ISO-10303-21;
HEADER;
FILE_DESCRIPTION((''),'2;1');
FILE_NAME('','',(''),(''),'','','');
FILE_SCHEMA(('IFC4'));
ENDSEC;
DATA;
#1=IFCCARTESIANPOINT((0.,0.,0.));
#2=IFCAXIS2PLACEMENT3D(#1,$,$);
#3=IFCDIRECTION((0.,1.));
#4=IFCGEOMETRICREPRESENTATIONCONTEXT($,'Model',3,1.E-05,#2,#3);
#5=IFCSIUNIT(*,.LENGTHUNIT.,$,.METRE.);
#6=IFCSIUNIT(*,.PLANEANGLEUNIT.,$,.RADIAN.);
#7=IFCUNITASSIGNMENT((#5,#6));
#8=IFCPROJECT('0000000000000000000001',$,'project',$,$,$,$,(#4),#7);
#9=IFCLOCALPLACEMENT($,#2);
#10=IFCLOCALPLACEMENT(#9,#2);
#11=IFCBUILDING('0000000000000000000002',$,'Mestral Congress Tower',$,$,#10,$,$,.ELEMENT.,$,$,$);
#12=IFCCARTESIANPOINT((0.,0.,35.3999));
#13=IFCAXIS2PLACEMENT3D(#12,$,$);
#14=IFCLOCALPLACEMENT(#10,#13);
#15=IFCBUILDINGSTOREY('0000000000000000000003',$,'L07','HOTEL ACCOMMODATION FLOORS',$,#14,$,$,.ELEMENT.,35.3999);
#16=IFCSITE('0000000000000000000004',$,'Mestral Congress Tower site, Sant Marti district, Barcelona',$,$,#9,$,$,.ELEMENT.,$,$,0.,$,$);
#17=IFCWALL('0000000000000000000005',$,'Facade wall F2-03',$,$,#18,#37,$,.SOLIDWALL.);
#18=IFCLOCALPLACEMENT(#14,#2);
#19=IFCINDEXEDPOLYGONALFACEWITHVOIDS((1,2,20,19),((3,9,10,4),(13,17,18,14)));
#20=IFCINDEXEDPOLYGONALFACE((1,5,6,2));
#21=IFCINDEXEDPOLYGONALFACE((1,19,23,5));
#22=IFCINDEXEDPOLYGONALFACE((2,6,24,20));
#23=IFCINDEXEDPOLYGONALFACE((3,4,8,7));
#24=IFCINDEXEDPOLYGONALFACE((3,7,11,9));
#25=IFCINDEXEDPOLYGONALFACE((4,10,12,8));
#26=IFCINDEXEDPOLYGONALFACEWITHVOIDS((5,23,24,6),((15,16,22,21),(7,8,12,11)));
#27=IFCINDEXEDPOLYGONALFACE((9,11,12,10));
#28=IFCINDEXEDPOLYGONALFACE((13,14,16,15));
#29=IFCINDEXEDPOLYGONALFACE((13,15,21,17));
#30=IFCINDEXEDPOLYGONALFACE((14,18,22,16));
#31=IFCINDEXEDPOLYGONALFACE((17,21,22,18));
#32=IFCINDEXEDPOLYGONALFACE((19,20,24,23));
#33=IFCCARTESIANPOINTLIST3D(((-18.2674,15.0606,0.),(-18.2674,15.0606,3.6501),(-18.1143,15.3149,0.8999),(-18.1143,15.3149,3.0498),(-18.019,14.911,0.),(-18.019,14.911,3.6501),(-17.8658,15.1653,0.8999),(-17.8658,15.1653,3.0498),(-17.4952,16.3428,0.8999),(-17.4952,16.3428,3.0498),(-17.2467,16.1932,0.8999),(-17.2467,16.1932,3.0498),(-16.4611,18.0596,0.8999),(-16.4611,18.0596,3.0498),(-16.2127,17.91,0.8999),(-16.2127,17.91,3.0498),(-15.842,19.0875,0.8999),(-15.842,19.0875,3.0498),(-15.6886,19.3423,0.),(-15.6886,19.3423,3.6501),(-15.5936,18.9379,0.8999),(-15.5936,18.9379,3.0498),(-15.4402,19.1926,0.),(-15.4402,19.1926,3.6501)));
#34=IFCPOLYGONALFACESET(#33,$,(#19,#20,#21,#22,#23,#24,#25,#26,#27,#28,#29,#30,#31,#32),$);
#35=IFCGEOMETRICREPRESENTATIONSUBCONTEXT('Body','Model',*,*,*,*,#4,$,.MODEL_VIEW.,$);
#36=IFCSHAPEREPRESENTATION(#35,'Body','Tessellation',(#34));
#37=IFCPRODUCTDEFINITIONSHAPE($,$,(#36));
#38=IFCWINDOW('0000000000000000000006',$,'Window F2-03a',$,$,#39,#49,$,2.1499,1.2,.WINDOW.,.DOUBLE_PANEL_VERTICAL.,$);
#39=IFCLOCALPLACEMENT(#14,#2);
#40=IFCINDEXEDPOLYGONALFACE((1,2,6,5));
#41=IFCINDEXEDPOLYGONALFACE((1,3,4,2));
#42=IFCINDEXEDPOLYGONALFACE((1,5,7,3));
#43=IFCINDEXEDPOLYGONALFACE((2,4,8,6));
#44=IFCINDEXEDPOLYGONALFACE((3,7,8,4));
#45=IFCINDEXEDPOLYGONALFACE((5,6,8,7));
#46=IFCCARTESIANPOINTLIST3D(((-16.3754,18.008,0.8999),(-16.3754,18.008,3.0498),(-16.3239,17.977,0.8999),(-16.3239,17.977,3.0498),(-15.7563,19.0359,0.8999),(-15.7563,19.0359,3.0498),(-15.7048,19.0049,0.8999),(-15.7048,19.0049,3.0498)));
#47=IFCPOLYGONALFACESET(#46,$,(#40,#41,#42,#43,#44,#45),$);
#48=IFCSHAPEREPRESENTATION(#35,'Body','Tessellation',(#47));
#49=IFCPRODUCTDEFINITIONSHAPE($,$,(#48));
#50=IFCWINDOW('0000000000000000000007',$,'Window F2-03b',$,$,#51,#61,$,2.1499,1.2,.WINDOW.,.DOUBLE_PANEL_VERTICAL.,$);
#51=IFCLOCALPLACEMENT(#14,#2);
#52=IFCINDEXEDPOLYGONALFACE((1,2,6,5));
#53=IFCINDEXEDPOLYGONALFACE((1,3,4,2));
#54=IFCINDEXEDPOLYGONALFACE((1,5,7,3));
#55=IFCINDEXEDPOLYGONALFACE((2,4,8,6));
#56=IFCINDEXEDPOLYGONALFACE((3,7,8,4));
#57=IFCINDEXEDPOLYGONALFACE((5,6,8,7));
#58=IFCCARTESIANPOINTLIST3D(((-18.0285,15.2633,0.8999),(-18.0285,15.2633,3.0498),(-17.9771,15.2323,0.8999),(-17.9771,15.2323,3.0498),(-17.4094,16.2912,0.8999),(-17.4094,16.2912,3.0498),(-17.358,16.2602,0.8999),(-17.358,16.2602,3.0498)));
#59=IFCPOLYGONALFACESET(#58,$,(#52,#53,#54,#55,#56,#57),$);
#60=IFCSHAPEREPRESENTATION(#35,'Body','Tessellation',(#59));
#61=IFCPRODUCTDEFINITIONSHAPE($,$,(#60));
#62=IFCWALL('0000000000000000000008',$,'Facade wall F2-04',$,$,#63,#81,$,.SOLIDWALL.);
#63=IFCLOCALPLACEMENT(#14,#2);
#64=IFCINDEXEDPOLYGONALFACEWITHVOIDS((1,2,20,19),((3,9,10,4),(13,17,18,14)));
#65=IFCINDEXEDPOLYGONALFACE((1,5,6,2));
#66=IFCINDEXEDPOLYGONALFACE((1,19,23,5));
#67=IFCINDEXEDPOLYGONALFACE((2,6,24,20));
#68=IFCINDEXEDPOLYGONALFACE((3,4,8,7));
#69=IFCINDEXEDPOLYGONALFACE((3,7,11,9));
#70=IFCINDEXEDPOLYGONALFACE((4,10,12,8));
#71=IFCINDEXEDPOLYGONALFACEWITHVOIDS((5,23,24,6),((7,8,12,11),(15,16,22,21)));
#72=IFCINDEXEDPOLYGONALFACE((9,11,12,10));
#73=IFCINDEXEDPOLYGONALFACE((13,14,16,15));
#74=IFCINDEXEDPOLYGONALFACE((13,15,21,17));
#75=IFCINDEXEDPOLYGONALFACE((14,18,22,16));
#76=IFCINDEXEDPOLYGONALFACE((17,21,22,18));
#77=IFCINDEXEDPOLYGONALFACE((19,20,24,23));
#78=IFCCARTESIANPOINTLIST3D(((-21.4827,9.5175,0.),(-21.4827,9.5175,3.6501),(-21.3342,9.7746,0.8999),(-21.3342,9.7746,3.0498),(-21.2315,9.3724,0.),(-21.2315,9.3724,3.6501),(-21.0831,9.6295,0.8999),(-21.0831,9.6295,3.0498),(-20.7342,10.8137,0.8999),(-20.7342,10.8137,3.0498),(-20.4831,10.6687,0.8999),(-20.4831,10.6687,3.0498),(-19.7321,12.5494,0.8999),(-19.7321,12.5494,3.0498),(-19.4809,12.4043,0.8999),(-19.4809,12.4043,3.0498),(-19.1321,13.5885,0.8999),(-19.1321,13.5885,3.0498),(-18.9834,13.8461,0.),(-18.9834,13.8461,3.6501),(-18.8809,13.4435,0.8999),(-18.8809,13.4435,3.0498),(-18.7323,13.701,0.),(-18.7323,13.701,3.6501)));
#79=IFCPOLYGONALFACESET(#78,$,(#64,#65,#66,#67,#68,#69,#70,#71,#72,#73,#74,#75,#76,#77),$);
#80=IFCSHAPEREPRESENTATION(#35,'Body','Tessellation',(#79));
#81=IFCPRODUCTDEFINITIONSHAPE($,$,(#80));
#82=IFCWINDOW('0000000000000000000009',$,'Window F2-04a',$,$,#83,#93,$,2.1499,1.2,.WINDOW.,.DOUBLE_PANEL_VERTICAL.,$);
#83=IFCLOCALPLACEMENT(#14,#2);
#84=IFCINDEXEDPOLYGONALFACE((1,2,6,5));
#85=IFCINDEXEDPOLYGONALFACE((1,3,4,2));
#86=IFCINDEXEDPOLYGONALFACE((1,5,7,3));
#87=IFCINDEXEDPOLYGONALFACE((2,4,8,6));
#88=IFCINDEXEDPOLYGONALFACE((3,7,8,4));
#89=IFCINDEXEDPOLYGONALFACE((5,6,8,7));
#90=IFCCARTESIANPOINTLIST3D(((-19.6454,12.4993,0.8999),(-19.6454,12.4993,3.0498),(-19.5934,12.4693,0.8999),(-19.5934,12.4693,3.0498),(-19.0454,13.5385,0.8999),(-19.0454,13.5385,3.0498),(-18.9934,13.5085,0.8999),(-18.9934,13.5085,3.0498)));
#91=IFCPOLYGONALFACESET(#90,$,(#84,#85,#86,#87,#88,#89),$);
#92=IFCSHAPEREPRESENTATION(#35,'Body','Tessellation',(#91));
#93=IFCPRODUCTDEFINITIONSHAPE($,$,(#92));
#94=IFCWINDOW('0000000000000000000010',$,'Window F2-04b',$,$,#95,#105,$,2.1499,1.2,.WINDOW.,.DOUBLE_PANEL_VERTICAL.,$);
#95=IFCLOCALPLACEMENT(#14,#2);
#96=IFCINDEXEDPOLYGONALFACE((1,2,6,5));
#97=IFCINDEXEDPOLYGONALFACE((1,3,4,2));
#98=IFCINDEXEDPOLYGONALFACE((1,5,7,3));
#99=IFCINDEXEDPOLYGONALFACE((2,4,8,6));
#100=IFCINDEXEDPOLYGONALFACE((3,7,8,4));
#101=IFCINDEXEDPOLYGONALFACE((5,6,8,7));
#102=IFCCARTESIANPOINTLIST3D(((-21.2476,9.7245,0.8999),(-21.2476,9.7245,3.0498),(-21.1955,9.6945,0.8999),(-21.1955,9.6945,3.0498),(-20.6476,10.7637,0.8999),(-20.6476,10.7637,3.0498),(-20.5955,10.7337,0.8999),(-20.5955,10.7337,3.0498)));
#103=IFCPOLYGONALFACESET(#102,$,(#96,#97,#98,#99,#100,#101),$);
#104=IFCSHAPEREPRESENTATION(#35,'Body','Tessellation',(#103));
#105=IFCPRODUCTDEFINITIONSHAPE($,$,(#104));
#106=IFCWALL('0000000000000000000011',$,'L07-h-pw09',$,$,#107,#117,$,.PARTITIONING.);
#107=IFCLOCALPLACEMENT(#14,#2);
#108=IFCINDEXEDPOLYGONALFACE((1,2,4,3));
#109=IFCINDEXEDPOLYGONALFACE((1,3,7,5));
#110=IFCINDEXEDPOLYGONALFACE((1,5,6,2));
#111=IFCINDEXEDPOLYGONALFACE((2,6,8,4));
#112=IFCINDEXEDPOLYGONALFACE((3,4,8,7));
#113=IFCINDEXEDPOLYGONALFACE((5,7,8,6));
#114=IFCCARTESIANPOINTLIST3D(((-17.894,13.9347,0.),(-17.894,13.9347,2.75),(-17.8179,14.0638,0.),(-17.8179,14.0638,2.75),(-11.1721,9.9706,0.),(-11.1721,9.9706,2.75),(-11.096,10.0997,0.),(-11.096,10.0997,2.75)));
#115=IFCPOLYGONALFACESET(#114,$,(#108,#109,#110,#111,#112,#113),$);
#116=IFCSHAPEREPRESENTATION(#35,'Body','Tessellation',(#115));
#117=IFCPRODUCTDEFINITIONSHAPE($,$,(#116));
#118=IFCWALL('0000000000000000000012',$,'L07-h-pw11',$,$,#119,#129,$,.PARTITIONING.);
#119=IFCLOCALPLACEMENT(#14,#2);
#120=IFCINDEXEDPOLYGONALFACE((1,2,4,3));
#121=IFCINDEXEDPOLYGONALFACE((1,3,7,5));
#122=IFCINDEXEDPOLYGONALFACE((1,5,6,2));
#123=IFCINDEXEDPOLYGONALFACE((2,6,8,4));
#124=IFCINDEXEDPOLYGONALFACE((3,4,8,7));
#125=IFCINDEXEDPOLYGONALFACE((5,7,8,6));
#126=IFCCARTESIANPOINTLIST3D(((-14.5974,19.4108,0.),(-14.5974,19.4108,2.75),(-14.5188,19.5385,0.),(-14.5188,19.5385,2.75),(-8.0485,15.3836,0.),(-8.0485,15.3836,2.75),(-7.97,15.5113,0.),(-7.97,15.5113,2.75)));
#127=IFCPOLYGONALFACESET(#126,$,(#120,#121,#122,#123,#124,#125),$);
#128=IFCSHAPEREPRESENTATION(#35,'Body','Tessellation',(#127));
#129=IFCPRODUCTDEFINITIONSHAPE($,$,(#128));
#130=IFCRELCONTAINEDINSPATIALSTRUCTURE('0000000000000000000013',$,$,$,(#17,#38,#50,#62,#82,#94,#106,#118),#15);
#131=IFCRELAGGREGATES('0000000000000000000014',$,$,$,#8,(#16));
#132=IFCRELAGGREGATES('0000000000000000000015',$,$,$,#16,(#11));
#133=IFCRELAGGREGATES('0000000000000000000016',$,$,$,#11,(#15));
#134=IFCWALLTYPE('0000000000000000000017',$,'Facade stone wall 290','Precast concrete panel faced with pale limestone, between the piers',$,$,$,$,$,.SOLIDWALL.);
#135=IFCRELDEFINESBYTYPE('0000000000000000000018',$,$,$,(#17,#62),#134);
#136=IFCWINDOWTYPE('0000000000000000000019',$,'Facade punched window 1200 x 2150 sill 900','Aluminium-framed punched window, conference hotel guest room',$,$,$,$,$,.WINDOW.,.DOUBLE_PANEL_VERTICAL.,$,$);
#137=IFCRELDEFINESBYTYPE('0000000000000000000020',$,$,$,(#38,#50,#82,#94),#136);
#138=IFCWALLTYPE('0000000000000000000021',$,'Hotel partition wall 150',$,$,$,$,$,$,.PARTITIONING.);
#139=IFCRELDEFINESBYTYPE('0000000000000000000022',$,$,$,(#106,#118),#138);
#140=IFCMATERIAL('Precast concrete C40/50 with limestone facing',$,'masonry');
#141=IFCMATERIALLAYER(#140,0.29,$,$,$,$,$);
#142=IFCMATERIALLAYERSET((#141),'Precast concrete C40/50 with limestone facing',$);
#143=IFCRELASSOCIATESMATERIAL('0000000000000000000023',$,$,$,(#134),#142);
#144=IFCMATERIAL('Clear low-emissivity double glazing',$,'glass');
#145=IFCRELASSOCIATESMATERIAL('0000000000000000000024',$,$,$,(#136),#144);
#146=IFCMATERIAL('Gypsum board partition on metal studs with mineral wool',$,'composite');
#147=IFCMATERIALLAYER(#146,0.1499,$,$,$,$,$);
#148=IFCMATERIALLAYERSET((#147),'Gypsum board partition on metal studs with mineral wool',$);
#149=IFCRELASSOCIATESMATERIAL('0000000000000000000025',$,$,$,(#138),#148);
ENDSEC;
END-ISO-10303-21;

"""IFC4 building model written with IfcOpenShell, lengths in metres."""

from ifc_helpers import new_model, si_unit, direction, frame, frame_2d, origin, place, context, subcontext, project, spatial, rectangle, extrude, material, layer, layer_set, type_object, element, fill, save


model = new_model("IFC4")

# Units and contexts
model_context = context("Model", 3, precision=1e-05, world=origin(), true_north=direction((0.0, 1.0)))
body_context = subcontext(model_context, "Body", "Model", "MODEL_VIEW")
ifc_project = project(units=[si_unit("LENGTHUNIT", "METRE"), si_unit("PLANEANGLEUNIT", "RADIAN")], contexts=[model_context])

# Site, building, storey
site_placement = place(None, origin())
site = spatial("IfcSite", under=ifc_project, at=site_placement, Name="Mestral Congress Tower site, Sant Marti district, Barcelona", CompositionType="ELEMENT", RefElevation=0.0)
building_placement = place(site_placement, origin())
building = spatial("IfcBuilding", under=site, at=building_placement, Name="Mestral Congress Tower", CompositionType="ELEMENT")
storey_placement = place(building_placement, frame((0.0, 0.0, 35.3999)))
storey = spatial("IfcBuildingStorey", under=building, at=storey_placement, Name="L07", Description="HOTEL ACCOMMODATION FLOORS", CompositionType="ELEMENT", Elevation=35.3999)

# Walls, openings, windows
ifc_material_1 = material(Name="Precast concrete C40/50 with limestone facing", Category="masonry")
ifc_layer_1 = layer(ifc_material_1, 0.29)
ifc_layer_set_1 = layer_set([ifc_layer_1], Name="Precast concrete C40/50 with limestone facing")
wall_type_1 = type_object("IfcWallType", Name="Facade stone wall 290", Description="Precast concrete panel faced with pale limestone, between the piers", PredefinedType="SOLIDWALL", material=ifc_layer_set_1)
ifc_material_2 = material(Name="Clear low-emissivity double glazing", Category="glass")
window_type = type_object("IfcWindowType", Name="Facade punched window 1200 x 2150 sill 900", Description="Aluminium-framed punched window, conference hotel guest room", PartitioningType="DOUBLE_PANEL_VERTICAL", PredefinedType="WINDOW", material=ifc_material_2)
wall_1_placement = place(storey_placement, frame((-15.5645, 19.2673, 0.0), z_axis=(0.0, 0.0, 1.0), x_axis=(-0.515939, -0.856625, 0.0)))
wall_1 = element("IfcWall", 1, at=wall_1_placement, inside=storey, type_object=wall_type_1, Name="Facade wall F2-03", PredefinedType="SOLIDWALL", context=body_context, shape_type="SweptSolid", body=[
    extrude(rectangle(XDim=4.9983, YDim=0.29, at=frame_2d((2.499, 0.0))), origin(), (0.0, 0.0, 1.0), 3.6501),
])
opening_1_placement = place(wall_1_placement, frame((0.2971, 0.0, 0.8999)))
opening_1 = element("IfcOpeningElement", 2, at=opening_1_placement, cuts=wall_1, PredefinedType="OPENING", context=body_context, shape_type="SweptSolid", body=[
    extrude(rectangle(XDim=1.2, YDim=2.1499, at=frame_2d((0.6001, 1.075))), frame((0.0, 0.155, 0.0), z_axis=(0.0, -1.0, 0.0), x_axis=(1.0, 0.0, 0.0)), (0.0, 0.0, 1.0), 0.3101),
])
opening_2_placement = place(wall_1_placement, frame((3.5012, 0.0, 0.8999)))
opening_2 = element("IfcOpeningElement", 3, at=opening_2_placement, cuts=wall_1, PredefinedType="OPENING", context=body_context, shape_type="SweptSolid", body=[
    extrude(rectangle(XDim=1.2, YDim=2.1499, at=frame_2d((0.6001, 1.075))), frame((0.0, 0.155, 0.0), z_axis=(0.0, -1.0, 0.0), x_axis=(1.0, 0.0, 0.0)), (0.0, 0.0, 1.0), 0.3101),
])
window_1_placement = place(opening_1_placement, origin())
window_1 = element("IfcWindow", 4, at=window_1_placement, inside=storey, type_object=window_type, Name="Window F2-03a", OverallHeight=2.1499, OverallWidth=1.2, PartitioningType="DOUBLE_PANEL_VERTICAL", PredefinedType="WINDOW", context=body_context, shape_type="SweptSolid", body=[
    extrude(rectangle(XDim=1.2, YDim=2.1499, at=frame_2d((0.6001, 1.075))), frame((0.0, 0.0151, 0.0), z_axis=(0.0, -1.0, 0.0), x_axis=(1.0, 0.0, 0.0)), (0.0, 0.0, 1.0), 0.0601),
])
fill(opening_1, window_1)
window_2_placement = place(opening_2_placement, origin())
window_2 = element("IfcWindow", 5, at=window_2_placement, inside=storey, type_object=window_type, Name="Window F2-03b", OverallHeight=2.1499, OverallWidth=1.2, PartitioningType="DOUBLE_PANEL_VERTICAL", PredefinedType="WINDOW", context=body_context, shape_type="SweptSolid", body=[
    extrude(rectangle(XDim=1.2, YDim=2.1499, at=frame_2d((0.6001, 1.075))), frame((0.0, 0.0151, 0.0), z_axis=(0.0, -1.0, 0.0), x_axis=(1.0, 0.0, 0.0)), (0.0, 0.0, 1.0), 0.0601),
])
fill(opening_2, window_2)
wall_2_placement = place(storey_placement, frame((-18.8579, 13.7734, 0.0), z_axis=(0.0, 0.0, 1.0), x_axis=(-0.500021, -0.866013, 0.0)))
wall_2 = element("IfcWall", 6, at=wall_2_placement, inside=storey, type_object=wall_type_1, Name="Facade wall F2-04", PredefinedType="SOLIDWALL", context=body_context, shape_type="SweptSolid", body=[
    extrude(rectangle(XDim=4.9983, YDim=0.29, at=frame_2d((2.499, 0.0))), origin(), (0.0, 0.0, 1.0), 3.6501),
])
opening_3_placement = place(wall_2_placement, frame((0.2971, 0.0, 0.8999)))
opening_3 = element("IfcOpeningElement", 7, at=opening_3_placement, cuts=wall_2, PredefinedType="OPENING", context=body_context, shape_type="SweptSolid", body=[
    extrude(rectangle(XDim=1.2, YDim=2.1499, at=frame_2d((0.6001, 1.075))), frame((0.0, 0.155, 0.0), z_axis=(0.0, -1.0, 0.0), x_axis=(1.0, 0.0, 0.0)), (0.0, 0.0, 1.0), 0.3101),
])
opening_4_placement = place(wall_2_placement, frame((3.5012, 0.0, 0.8999)))
opening_4 = element("IfcOpeningElement", 8, at=opening_4_placement, cuts=wall_2, PredefinedType="OPENING", context=body_context, shape_type="SweptSolid", body=[
    extrude(rectangle(XDim=1.2, YDim=2.1499, at=frame_2d((0.6001, 1.075))), frame((0.0, 0.155, 0.0), z_axis=(0.0, -1.0, 0.0), x_axis=(1.0, 0.0, 0.0)), (0.0, 0.0, 1.0), 0.3101),
])
window_3_placement = place(opening_3_placement, origin())
window_3 = element("IfcWindow", 9, at=window_3_placement, inside=storey, type_object=window_type, Name="Window F2-04a", OverallHeight=2.1499, OverallWidth=1.2, PartitioningType="DOUBLE_PANEL_VERTICAL", PredefinedType="WINDOW", context=body_context, shape_type="SweptSolid", body=[
    extrude(rectangle(XDim=1.2, YDim=2.1499, at=frame_2d((0.6001, 1.075))), frame((0.0, 0.0151, 0.0), z_axis=(0.0, -1.0, 0.0), x_axis=(1.0, 0.0, 0.0)), (0.0, 0.0, 1.0), 0.0601),
])
fill(opening_3, window_3)
window_4_placement = place(opening_4_placement, origin())
window_4 = element("IfcWindow", 10, at=window_4_placement, inside=storey, type_object=window_type, Name="Window F2-04b", OverallHeight=2.1499, OverallWidth=1.2, PartitioningType="DOUBLE_PANEL_VERTICAL", PredefinedType="WINDOW", context=body_context, shape_type="SweptSolid", body=[
    extrude(rectangle(XDim=1.2, YDim=2.1499, at=frame_2d((0.6001, 1.075))), frame((0.0, 0.0151, 0.0), z_axis=(0.0, -1.0, 0.0), x_axis=(1.0, 0.0, 0.0)), (0.0, 0.0, 1.0), 0.0601),
])
fill(opening_4, window_4)

# Walls
ifc_material_3 = material(Name="Gypsum board partition on metal studs with mineral wool", Category="composite")
ifc_layer_2 = layer(ifc_material_3, 0.1499)
ifc_layer_set_2 = layer_set([ifc_layer_2], Name="Gypsum board partition on metal studs with mineral wool")
wall_type_2 = type_object("IfcWallType", Name="Hotel partition wall 150", PredefinedType="PARTITIONING", material=ifc_layer_set_2)
wall_3_placement = place(storey_placement, frame((-17.856, 13.9993, 0.0), z_axis=(0.0, 0.0, 1.0), x_axis=(0.861372, -0.507975, 0.0)))
element("IfcWall", 11, at=wall_3_placement, inside=storey, type_object=wall_type_2, Name="L07-h-pw09", PredefinedType="PARTITIONING", context=body_context, shape_type="SweptSolid", body=[
    extrude(rectangle(XDim=7.8037, YDim=0.1499, at=frame_2d((3.9019, 0.0))), origin(), (0.0, 0.0, 1.0), 2.75),
])
wall_4_placement = place(storey_placement, frame((-14.5581, 19.4746, 0.0), z_axis=(0.0, 0.0, 1.0), x_axis=(0.851829, -0.523819, 0.0)))
element("IfcWall", 12, at=wall_4_placement, inside=storey, type_object=wall_type_2, Name="L07-h-pw11", PredefinedType="PARTITIONING", context=body_context, shape_type="SweptSolid", body=[
    extrude(rectangle(XDim=7.688, YDim=0.1499, at=frame_2d((3.844, 0.0))), origin(), (0.0, 0.0, 1.0), 2.75),
])

save(model, "model.ifc")
